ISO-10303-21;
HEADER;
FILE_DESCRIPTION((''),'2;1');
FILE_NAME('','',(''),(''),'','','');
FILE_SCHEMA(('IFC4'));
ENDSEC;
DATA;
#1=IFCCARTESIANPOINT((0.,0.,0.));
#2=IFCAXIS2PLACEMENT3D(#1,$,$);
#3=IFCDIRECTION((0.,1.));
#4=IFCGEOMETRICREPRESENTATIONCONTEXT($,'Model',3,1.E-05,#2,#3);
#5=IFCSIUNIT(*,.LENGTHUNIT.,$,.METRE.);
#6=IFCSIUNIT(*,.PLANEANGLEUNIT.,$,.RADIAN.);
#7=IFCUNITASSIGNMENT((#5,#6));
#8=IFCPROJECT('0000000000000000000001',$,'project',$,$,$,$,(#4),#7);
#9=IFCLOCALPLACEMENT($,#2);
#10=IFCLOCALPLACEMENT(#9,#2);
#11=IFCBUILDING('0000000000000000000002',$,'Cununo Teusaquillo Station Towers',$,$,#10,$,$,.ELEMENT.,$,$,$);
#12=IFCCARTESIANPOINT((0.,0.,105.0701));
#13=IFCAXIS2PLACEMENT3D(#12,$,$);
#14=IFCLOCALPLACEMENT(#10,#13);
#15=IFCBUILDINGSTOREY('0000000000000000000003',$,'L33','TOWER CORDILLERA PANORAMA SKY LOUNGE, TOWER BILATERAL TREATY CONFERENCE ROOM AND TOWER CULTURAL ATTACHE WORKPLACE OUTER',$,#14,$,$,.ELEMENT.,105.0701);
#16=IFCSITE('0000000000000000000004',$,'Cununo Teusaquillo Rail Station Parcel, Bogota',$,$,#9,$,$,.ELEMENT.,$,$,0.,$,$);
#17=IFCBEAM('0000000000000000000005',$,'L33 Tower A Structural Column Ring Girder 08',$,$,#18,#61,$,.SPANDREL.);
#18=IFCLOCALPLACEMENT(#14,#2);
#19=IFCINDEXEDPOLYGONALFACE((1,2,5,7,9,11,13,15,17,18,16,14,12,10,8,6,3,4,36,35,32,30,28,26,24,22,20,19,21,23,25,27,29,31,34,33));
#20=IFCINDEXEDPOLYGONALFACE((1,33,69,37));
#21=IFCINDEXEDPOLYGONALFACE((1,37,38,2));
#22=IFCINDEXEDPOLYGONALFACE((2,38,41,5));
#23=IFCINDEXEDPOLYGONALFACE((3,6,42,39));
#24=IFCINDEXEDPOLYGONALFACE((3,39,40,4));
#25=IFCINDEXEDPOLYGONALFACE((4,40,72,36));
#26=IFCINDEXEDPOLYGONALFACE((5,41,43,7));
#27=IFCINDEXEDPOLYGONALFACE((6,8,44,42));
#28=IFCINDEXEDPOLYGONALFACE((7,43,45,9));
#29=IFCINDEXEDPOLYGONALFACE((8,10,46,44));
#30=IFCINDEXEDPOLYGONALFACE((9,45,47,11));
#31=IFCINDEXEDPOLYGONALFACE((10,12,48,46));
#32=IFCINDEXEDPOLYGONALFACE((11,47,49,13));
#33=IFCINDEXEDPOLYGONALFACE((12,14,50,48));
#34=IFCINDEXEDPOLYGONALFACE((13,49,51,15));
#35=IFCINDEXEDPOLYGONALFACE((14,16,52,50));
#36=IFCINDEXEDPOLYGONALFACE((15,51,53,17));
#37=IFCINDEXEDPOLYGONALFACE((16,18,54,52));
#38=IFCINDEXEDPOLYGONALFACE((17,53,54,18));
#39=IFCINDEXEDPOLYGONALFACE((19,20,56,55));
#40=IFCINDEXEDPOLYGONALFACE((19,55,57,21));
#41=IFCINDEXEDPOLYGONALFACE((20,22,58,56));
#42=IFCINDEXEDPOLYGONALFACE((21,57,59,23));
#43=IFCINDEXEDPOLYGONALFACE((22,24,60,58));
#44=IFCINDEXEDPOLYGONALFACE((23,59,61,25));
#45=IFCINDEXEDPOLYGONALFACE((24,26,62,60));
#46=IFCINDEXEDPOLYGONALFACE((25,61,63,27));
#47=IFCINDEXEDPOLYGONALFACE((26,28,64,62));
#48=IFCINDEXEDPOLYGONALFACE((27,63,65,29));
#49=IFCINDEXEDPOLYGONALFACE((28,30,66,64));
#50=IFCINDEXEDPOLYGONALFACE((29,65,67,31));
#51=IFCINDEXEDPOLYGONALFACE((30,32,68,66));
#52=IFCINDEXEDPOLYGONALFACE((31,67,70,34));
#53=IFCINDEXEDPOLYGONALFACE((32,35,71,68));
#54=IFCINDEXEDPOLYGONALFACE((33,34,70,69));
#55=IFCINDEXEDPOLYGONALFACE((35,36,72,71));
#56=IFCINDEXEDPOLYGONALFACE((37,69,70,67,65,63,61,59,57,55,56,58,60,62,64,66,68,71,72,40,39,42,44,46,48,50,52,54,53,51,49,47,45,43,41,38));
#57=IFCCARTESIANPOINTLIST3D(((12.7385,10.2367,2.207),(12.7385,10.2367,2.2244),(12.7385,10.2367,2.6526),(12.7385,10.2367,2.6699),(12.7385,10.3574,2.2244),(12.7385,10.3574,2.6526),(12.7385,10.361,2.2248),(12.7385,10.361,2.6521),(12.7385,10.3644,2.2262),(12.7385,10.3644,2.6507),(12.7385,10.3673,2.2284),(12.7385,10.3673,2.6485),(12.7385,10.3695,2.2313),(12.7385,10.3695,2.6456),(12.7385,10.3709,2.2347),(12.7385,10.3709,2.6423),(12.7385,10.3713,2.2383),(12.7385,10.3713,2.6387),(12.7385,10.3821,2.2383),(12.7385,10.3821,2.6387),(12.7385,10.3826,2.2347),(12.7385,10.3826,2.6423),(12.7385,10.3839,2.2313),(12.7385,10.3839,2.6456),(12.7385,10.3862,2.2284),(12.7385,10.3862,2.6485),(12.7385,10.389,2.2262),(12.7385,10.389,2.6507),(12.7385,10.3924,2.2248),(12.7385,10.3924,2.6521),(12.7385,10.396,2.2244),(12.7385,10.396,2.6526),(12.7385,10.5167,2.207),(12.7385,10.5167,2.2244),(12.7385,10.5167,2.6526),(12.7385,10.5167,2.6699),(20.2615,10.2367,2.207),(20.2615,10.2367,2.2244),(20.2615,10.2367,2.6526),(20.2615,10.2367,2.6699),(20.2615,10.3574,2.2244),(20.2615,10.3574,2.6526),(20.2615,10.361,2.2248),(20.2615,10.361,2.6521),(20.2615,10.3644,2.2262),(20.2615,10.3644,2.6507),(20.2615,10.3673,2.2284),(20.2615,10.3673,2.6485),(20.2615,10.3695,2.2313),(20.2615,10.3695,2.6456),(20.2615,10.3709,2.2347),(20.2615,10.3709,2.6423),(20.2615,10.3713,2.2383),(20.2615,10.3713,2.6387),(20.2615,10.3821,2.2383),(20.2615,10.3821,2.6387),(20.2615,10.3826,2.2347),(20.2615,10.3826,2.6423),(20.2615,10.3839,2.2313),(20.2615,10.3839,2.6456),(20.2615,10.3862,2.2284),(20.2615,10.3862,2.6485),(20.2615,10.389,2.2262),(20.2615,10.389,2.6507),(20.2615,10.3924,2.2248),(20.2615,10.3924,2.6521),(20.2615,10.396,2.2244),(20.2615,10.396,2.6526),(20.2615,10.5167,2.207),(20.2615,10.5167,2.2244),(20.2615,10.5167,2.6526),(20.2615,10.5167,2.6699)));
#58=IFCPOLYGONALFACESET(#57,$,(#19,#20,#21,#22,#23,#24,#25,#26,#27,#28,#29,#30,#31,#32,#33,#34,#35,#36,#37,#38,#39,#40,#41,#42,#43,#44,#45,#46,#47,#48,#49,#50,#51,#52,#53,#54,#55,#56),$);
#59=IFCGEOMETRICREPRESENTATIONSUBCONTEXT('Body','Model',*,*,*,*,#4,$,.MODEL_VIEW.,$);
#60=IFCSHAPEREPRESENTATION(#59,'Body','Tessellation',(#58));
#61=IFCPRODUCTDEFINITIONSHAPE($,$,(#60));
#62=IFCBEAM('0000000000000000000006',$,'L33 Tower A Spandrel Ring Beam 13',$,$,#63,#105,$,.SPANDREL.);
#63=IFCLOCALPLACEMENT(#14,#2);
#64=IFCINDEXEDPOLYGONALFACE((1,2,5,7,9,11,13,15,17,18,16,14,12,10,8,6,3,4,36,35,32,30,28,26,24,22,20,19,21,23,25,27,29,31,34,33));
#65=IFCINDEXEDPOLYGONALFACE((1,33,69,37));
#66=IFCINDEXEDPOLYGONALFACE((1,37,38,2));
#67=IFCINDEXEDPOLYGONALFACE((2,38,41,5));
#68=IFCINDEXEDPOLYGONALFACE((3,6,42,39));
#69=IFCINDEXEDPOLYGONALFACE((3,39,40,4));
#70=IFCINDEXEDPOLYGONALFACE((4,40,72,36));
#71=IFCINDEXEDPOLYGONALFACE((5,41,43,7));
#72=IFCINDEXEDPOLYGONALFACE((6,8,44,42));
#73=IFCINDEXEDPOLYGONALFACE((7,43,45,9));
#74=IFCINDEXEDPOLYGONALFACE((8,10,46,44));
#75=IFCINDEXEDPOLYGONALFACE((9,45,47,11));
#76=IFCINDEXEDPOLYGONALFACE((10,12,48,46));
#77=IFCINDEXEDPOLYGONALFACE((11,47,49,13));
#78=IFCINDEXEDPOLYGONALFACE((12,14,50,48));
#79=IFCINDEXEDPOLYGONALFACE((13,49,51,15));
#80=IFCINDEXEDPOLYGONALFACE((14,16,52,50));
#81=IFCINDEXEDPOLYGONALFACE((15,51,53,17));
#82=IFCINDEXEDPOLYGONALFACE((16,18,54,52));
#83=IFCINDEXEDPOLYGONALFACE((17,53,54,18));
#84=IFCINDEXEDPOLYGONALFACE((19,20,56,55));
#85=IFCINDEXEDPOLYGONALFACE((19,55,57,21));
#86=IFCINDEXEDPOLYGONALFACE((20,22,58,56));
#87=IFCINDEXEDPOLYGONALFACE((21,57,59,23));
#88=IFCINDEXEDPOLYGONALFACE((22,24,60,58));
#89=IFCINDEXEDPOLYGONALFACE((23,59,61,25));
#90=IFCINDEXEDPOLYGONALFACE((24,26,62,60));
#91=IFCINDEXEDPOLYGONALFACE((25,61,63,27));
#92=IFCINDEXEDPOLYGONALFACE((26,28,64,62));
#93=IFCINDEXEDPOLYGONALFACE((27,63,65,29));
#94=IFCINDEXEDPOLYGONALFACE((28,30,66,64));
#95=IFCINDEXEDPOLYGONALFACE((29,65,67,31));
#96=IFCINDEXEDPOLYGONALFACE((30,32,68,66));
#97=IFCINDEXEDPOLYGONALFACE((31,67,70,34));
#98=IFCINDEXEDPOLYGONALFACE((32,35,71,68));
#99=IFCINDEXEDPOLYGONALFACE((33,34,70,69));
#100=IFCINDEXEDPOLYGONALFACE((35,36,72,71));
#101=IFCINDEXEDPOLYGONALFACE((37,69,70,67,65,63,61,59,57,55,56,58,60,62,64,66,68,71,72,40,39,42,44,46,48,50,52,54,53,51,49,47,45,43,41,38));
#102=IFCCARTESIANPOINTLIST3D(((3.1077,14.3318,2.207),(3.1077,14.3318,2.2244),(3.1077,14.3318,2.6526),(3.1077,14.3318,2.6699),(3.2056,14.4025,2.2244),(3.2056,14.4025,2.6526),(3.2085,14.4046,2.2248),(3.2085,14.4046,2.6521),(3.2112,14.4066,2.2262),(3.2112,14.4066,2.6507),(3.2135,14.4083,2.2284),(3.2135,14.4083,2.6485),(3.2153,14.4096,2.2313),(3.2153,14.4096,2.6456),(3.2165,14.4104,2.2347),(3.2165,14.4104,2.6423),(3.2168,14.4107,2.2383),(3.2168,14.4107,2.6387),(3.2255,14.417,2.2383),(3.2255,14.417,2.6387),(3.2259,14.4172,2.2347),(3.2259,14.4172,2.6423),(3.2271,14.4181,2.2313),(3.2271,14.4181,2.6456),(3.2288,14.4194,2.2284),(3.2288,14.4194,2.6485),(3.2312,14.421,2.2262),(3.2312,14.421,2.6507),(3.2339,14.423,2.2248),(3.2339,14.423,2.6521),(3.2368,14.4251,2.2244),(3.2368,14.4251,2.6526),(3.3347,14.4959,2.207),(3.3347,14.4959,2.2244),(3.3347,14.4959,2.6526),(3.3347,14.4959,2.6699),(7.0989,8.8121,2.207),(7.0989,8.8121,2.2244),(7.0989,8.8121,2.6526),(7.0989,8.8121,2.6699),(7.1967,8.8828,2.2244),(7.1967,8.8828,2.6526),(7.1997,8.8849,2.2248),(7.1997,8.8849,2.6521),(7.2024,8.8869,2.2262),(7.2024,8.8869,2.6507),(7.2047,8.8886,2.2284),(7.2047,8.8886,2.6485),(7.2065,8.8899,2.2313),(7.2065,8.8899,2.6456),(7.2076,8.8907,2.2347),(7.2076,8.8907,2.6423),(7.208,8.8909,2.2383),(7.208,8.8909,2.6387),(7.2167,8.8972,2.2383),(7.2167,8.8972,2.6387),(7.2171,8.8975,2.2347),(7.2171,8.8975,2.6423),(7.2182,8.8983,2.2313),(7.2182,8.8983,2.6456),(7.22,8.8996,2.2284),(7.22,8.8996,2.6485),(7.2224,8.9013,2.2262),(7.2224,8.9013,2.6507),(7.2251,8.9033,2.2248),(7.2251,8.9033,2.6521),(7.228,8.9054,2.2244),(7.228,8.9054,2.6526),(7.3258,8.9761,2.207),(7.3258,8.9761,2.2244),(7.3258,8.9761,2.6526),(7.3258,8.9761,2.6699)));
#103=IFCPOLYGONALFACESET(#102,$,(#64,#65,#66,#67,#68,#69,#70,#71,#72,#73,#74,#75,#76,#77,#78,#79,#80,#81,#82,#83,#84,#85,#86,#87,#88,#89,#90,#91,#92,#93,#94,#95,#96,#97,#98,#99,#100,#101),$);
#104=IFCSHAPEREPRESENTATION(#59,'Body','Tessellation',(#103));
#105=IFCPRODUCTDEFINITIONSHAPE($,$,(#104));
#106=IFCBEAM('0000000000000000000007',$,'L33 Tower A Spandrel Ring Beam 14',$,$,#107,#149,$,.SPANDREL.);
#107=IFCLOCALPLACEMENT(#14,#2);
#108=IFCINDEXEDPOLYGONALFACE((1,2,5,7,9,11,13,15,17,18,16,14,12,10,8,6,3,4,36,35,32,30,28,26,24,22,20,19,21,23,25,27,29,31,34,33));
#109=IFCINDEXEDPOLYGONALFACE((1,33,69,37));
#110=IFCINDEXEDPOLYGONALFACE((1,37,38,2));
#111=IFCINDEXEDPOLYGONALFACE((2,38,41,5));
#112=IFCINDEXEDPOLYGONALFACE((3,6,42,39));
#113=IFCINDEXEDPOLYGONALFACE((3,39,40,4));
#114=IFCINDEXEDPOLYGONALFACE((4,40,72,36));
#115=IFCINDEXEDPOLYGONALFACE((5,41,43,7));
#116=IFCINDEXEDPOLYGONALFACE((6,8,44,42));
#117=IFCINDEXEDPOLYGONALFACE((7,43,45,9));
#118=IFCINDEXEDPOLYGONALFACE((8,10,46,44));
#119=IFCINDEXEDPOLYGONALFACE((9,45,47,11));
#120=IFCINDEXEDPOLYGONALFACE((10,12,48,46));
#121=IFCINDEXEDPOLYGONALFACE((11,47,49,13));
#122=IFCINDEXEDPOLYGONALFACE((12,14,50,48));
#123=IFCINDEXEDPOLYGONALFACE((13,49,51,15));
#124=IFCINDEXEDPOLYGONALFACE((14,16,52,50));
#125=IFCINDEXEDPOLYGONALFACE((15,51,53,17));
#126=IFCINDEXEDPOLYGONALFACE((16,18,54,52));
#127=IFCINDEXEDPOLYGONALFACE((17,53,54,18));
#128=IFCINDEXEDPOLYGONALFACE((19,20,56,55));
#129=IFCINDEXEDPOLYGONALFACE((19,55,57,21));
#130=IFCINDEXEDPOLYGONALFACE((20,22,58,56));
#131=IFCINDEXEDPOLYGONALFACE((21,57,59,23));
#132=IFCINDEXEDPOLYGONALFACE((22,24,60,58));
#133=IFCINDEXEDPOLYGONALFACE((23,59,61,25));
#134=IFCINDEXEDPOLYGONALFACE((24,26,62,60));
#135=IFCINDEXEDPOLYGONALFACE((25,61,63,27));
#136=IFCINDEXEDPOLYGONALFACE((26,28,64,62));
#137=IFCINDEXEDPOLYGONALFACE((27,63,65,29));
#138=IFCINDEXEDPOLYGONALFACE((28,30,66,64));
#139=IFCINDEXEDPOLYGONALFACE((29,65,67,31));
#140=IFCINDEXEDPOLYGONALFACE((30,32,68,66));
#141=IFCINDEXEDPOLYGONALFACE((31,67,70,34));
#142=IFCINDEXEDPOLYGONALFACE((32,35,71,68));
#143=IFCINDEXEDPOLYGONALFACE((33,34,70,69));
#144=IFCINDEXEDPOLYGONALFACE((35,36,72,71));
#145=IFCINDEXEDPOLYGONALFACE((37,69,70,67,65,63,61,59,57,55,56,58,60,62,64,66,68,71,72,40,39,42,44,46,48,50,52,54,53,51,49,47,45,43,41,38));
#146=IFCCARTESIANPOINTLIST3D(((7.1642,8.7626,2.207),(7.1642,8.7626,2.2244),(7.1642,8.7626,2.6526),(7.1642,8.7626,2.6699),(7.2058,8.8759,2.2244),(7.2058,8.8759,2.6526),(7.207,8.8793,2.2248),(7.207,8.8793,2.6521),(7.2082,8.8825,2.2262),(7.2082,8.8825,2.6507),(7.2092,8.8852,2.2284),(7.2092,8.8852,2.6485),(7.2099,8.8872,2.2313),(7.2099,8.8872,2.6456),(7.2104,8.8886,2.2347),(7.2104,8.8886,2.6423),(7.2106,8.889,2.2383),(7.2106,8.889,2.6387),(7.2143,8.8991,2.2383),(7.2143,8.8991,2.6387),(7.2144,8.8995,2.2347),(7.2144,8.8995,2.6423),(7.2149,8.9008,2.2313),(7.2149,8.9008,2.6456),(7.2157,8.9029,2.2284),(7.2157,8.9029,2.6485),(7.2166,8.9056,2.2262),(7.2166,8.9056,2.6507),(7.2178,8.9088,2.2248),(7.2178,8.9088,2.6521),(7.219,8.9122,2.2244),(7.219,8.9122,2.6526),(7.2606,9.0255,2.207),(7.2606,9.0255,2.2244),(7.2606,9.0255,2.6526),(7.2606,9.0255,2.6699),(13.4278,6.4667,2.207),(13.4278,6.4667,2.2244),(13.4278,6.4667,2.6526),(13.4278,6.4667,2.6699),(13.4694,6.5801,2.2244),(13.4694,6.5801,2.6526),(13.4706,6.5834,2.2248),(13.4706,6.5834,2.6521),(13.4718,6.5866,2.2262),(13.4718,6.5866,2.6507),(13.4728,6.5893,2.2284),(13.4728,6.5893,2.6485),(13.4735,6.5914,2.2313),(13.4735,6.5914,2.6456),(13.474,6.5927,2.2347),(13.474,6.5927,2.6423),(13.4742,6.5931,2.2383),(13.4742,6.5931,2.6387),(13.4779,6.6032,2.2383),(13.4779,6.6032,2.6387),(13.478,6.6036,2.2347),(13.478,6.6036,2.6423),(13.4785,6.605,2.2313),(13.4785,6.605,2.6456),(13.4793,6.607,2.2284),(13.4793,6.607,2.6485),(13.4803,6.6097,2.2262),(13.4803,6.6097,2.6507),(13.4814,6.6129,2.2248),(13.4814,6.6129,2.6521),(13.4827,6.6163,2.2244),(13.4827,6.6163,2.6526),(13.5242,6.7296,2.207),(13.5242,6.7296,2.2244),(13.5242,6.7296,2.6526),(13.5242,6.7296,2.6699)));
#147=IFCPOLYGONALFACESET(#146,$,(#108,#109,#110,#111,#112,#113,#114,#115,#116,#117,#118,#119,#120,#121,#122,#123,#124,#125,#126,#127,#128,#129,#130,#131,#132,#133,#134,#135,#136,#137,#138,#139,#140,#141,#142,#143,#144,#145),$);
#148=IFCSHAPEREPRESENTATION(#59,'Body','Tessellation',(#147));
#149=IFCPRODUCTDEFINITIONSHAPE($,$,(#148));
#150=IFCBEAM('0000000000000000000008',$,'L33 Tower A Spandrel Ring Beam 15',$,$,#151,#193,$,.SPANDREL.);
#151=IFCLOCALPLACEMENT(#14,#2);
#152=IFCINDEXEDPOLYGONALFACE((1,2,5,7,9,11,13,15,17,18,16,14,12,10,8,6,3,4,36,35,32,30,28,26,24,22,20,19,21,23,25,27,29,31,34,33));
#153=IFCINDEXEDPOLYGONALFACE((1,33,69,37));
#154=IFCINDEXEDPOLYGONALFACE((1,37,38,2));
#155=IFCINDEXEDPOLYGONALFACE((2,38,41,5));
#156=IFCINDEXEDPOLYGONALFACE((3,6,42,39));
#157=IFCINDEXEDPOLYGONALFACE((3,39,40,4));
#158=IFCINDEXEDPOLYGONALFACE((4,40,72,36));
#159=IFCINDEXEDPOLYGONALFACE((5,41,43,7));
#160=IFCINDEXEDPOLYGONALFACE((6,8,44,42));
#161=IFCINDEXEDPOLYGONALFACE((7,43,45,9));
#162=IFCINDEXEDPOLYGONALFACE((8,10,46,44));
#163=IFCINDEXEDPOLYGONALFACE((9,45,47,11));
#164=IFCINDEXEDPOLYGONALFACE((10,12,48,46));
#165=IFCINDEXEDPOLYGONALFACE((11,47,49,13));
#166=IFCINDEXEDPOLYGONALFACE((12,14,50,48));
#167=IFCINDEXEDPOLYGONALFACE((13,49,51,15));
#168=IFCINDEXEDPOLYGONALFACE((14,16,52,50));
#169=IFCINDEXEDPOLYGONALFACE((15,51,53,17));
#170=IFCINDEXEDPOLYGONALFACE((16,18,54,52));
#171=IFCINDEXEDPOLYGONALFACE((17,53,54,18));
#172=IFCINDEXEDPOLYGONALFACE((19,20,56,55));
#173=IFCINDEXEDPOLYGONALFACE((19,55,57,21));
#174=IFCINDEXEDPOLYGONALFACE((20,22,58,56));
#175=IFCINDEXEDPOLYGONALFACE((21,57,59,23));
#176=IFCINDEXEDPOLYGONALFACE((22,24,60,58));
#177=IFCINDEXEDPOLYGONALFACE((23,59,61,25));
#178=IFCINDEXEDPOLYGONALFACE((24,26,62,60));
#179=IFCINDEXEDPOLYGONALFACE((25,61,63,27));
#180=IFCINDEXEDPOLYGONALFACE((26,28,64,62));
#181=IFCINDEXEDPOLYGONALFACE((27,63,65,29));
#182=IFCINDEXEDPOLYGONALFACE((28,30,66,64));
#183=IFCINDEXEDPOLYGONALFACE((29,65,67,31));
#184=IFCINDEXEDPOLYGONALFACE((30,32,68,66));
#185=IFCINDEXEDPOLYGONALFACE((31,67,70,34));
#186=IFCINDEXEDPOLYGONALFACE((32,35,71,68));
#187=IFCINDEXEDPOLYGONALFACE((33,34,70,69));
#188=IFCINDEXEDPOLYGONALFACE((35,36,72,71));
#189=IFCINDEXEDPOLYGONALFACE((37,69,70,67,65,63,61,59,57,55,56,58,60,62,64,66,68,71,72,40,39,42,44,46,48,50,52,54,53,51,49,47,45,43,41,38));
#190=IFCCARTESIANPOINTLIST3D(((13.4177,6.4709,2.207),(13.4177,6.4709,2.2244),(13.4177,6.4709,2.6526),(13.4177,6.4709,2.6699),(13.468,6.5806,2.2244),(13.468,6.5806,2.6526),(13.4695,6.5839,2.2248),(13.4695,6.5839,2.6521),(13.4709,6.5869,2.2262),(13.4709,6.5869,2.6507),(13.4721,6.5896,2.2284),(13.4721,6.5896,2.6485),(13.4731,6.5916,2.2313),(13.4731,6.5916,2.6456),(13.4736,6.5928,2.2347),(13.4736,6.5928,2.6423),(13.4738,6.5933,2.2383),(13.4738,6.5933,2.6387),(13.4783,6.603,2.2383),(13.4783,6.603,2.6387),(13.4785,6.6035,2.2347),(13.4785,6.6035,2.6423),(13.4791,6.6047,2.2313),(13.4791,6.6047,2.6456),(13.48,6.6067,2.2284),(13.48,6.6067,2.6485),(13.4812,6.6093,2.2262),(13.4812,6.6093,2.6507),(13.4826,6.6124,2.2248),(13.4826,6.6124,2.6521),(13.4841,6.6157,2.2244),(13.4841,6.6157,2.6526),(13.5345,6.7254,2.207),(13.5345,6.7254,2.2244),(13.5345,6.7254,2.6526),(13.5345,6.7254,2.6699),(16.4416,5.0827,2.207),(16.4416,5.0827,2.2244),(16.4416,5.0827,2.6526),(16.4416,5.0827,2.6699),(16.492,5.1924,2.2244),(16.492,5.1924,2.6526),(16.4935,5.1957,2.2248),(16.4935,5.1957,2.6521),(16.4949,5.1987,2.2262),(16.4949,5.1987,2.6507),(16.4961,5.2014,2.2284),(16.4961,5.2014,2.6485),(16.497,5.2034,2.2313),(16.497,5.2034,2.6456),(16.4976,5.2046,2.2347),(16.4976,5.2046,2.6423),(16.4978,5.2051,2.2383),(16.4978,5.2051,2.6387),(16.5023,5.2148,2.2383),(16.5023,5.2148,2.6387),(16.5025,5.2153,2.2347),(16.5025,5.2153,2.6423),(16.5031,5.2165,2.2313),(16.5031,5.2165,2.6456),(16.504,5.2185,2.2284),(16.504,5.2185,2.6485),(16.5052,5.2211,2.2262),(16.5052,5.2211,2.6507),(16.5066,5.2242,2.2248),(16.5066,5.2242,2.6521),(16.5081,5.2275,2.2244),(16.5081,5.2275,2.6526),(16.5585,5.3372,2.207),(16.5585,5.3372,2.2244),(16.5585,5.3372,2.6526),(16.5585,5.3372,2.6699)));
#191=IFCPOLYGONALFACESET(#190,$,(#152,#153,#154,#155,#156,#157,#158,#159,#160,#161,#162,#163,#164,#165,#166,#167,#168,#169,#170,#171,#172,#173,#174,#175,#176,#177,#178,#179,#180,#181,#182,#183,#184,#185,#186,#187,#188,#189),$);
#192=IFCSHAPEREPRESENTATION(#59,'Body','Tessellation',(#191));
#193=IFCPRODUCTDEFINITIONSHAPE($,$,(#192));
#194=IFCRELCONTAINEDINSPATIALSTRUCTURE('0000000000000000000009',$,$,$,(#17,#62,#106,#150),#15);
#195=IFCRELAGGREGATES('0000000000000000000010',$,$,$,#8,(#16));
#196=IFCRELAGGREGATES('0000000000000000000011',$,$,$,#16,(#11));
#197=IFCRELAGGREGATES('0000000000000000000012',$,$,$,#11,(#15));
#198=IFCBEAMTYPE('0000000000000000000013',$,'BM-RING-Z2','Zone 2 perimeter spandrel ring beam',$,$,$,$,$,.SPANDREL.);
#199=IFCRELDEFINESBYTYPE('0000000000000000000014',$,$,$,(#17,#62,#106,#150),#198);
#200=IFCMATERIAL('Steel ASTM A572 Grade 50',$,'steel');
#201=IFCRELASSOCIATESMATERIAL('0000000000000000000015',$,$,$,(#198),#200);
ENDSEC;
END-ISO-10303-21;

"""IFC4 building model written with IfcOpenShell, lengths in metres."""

from ifc_helpers import new_model, si_unit, direction, frame, origin, origin_2d, place, context, subcontext, project, spatial, i_section, extrude, material, material_profile, profile_set, type_object, element, save


model = new_model("IFC4")

# Units and contexts
model_context = context("Model", 3, precision=1e-05, world=origin(), true_north=direction((0.0, 1.0)))
body_context = subcontext(model_context, "Body", "Model", "MODEL_VIEW")
ifc_project = project(units=[si_unit("LENGTHUNIT", "METRE"), si_unit("PLANEANGLEUNIT", "RADIAN")], contexts=[model_context])

# Site, building, storey
site_placement = place(None, origin())
site = spatial("IfcSite", under=ifc_project, at=site_placement, Name="Cununo Teusaquillo Rail Station Parcel, Bogota", CompositionType="ELEMENT", RefElevation=0.0)
building_placement = place(site_placement, origin())
building = spatial("IfcBuilding", under=site, at=building_placement, Name="Cununo Teusaquillo Station Towers", CompositionType="ELEMENT")
storey_placement = place(building_placement, frame((0.0, 0.0, 105.0701)))
storey = spatial("IfcBuildingStorey", under=building, at=storey_placement, Name="L33", Description="TOWER CORDILLERA PANORAMA SKY LOUNGE, TOWER BILATERAL TREATY CONFERENCE ROOM AND TOWER CULTURAL ATTACHE WORKPLACE OUTER", CompositionType="ELEMENT", Elevation=105.0701)

# Beams
ifc_material_1 = material(Name="Steel ASTM A572 Grade 50", Category="steel")
ifc_material_profile_1 = material_profile(ifc_material_1, i_section(OverallWidth=0.28, OverallDepth=0.4629, WebThickness=0.0107, FlangeThickness=0.0173, FilletRadius=0.0139, at=origin_2d()), Name="W18X76")
ifc_profile_set_1 = profile_set([ifc_material_profile_1], Name="Steel ASTM A572 Grade 50")
beam_type = type_object("IfcBeamType", Name="BM-RING-Z2", Description="Zone 2 perimeter spandrel ring beam", PredefinedType="SPANDREL", material=ifc_profile_set_1)
beam_1_placement = place(storey_placement, frame((12.7385, 10.3767, 2.4385), z_axis=(1.0, 0.0, 0.0), x_axis=(0.0, 1.0, 0.0)))
element("IfcBeam", 1, at=beam_1_placement, inside=storey, type_object=beam_type, Name="L33 Tower A Structural Column Ring Girder 08", PredefinedType="SPANDREL", context=body_context, shape_type="SweptSolid", body=[
    extrude(i_section(OverallWidth=0.28, OverallDepth=0.4629, WebThickness=0.0107, FlangeThickness=0.0173, FilletRadius=0.0139, at=origin_2d()), origin(), (0.0, 0.0, 1.0), 7.5229),
])
beam_2_placement = place(storey_placement, frame((3.2212, 14.4138, 2.4385), z_axis=(0.585945, -0.810351, 0.0), x_axis=(0.810351, 0.585945, 0.0)))
element("IfcBeam", 2, at=beam_2_placement, inside=storey, type_object=beam_type, Name="L33 Tower A Spandrel Ring Beam 13", PredefinedType="SPANDREL", context=body_context, shape_type="SweptSolid", body=[
    extrude(i_section(OverallWidth=0.28, OverallDepth=0.4629, WebThickness=0.0107, FlangeThickness=0.0173, FilletRadius=0.0139, at=origin_2d()), origin(), (0.0, 0.0, 1.0), 6.8115),
])
beam_3_placement = place(storey_placement, frame((7.2124, 8.894, 2.4385), z_axis=(0.938914, -0.344151, 0.0), x_axis=(0.344151, 0.938914, 0.0)))
element("IfcBeam", 3, at=beam_3_placement, inside=storey, type_object=beam_type, Name="L33 Tower A Spandrel Ring Beam 14", PredefinedType="SPANDREL", context=body_context, shape_type="SweptSolid", body=[
    extrude(i_section(OverallWidth=0.28, OverallDepth=0.4629, WebThickness=0.0107, FlangeThickness=0.0173, FilletRadius=0.0139, at=origin_2d()), origin(), (0.0, 0.0, 1.0), 6.6711),
])
beam_4_placement = place(storey_placement, frame((13.4761, 6.5981, 2.4385), z_axis=(0.908812, -0.417205, 0.0), x_axis=(0.417205, 0.908812, 0.0)))
element("IfcBeam", 4, at=beam_4_placement, inside=storey, type_object=beam_type, Name="L33 Tower A Spandrel Ring Beam 15", PredefinedType="SPANDREL", context=body_context, shape_type="SweptSolid", body=[
    extrude(i_section(OverallWidth=0.28, OverallDepth=0.4629, WebThickness=0.0107, FlangeThickness=0.0173, FilletRadius=0.0139, at=origin_2d()), origin(), (0.0, 0.0, 1.0), 3.3274),
])

save(model, "model.ifc")
